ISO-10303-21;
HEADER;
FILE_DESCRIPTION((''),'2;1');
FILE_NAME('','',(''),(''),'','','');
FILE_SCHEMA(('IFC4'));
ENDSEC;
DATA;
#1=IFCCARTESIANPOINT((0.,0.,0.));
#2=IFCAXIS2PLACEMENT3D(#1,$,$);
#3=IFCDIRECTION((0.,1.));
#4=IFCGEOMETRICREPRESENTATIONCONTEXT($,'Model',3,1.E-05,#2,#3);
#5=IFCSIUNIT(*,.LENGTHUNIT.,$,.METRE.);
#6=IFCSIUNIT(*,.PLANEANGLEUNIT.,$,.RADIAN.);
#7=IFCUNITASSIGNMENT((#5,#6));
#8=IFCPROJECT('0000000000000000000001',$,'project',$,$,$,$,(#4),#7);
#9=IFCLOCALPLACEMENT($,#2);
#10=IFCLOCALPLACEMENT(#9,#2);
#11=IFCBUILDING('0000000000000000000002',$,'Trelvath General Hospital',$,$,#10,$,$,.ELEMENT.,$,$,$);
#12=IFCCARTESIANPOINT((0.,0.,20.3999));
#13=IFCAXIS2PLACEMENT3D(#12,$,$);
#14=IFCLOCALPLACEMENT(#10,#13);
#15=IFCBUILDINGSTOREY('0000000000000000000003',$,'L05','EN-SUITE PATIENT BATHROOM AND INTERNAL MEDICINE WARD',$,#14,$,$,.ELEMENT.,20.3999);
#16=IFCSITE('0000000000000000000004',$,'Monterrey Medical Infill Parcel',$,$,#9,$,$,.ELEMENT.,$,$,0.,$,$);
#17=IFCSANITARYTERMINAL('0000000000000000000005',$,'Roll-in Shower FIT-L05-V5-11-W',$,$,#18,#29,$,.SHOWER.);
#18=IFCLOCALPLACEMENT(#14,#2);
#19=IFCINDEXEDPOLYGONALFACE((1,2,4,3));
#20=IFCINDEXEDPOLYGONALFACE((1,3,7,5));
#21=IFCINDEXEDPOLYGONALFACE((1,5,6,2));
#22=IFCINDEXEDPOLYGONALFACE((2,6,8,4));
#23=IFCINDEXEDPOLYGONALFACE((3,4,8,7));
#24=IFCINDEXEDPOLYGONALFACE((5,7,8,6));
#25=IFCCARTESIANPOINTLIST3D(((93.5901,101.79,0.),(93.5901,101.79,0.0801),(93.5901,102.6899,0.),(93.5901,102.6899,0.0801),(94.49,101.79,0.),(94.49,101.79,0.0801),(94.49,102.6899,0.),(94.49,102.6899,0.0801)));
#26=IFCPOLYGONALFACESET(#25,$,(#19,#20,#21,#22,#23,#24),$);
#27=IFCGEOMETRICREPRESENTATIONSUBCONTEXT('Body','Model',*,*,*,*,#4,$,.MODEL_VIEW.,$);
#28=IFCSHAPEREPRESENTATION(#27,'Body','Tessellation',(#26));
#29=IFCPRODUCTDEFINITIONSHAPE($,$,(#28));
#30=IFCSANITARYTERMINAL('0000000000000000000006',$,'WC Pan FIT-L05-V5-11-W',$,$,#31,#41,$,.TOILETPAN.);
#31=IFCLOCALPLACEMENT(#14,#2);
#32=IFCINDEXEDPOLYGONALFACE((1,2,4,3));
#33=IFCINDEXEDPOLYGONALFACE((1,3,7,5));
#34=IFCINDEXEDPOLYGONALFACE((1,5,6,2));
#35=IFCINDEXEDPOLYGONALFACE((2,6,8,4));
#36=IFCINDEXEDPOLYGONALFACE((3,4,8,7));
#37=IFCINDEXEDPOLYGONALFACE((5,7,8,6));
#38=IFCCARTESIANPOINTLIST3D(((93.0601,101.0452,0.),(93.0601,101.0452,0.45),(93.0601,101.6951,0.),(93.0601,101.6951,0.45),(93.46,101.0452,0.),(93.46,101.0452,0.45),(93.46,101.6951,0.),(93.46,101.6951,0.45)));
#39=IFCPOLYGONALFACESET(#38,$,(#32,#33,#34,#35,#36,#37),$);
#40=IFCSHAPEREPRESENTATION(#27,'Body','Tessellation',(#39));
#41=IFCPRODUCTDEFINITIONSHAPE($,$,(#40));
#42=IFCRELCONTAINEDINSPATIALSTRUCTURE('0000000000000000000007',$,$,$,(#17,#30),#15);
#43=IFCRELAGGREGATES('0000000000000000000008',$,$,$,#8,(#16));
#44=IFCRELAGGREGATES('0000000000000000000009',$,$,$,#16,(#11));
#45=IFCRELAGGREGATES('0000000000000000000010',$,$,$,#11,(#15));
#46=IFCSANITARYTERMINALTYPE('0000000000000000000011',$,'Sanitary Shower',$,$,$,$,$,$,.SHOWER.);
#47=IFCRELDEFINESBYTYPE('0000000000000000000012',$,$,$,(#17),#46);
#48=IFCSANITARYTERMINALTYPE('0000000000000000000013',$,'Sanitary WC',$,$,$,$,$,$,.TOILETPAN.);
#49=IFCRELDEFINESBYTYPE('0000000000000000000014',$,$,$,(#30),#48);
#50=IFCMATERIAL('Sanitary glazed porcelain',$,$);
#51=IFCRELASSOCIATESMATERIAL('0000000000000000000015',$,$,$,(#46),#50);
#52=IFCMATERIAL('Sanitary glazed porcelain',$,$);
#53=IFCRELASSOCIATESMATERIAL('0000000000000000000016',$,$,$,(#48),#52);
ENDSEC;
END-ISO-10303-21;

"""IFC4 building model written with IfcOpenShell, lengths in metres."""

from ifc_helpers import new_model, si_unit, direction, frame, origin, origin_2d, place, context, subcontext, project, spatial, rectangle, extrude, material, type_object, element, save


model = new_model("IFC4")

# Units and contexts
model_context = context("Model", 3, precision=1e-05, world=origin(), true_north=direction((0.0, 1.0)))
body_context = subcontext(model_context, "Body", "Model", "MODEL_VIEW")
ifc_project = project(units=[si_unit("LENGTHUNIT", "METRE"), si_unit("PLANEANGLEUNIT", "RADIAN")], contexts=[model_context])

# Site, building, storey
site_placement = place(None, origin())
site = spatial("IfcSite", under=ifc_project, at=site_placement, Name="Monterrey Medical Infill Parcel", CompositionType="ELEMENT", RefElevation=0.0)
building_placement = place(site_placement, origin())
building = spatial("IfcBuilding", under=site, at=building_placement, Name="Trelvath General Hospital", CompositionType="ELEMENT")
storey_placement = place(building_placement, frame((0.0, 0.0, 20.3999)))
storey = spatial("IfcBuildingStorey", under=building, at=storey_placement, Name="L05", Description="EN-SUITE PATIENT BATHROOM AND INTERNAL MEDICINE WARD", CompositionType="ELEMENT", Elevation=20.3999)

# Sanitary terminals
ifc_material_1 = material(Name="Sanitary glazed porcelain")
sanitary_terminal_type_1 = type_object("IfcSanitaryTerminalType", Name="Sanitary Shower", PredefinedType="SHOWER", material=ifc_material_1)
sanitary_terminal_1_placement = place(storey_placement, frame((94.04, 102.24, 0.0), z_axis=(0.0, 0.0, 1.0), x_axis=(1.0, 0.0, 0.0)))
element("IfcSanitaryTerminal", 1, at=sanitary_terminal_1_placement, inside=storey, type_object=sanitary_terminal_type_1, Name="Roll-in Shower FIT-L05-V5-11-W", PredefinedType="SHOWER", context=body_context, shape_type="SweptSolid", body=[
    extrude(rectangle(XDim=0.8999, YDim=0.8999, at=origin_2d()), origin(), (0.0, 0.0, 1.0), 0.0801),
])
ifc_material_2 = material(Name="Sanitary glazed porcelain")
sanitary_terminal_type_2 = type_object("IfcSanitaryTerminalType", Name="Sanitary WC", PredefinedType="TOILETPAN", material=ifc_material_2)
sanitary_terminal_2_placement = place(storey_placement, frame((93.26, 101.3701, 0.0), z_axis=(0.0, 0.0, 1.0), x_axis=(1.0, 0.0, 0.0)))
element("IfcSanitaryTerminal", 2, at=sanitary_terminal_2_placement, inside=storey, type_object=sanitary_terminal_type_2, Name="WC Pan FIT-L05-V5-11-W", PredefinedType="TOILETPAN", context=body_context, shape_type="SweptSolid", body=[
    extrude(rectangle(XDim=0.3999, YDim=0.6499, at=origin_2d()), origin(), (0.0, 0.0, 1.0), 0.45),
])

save(model, "model.ifc")
